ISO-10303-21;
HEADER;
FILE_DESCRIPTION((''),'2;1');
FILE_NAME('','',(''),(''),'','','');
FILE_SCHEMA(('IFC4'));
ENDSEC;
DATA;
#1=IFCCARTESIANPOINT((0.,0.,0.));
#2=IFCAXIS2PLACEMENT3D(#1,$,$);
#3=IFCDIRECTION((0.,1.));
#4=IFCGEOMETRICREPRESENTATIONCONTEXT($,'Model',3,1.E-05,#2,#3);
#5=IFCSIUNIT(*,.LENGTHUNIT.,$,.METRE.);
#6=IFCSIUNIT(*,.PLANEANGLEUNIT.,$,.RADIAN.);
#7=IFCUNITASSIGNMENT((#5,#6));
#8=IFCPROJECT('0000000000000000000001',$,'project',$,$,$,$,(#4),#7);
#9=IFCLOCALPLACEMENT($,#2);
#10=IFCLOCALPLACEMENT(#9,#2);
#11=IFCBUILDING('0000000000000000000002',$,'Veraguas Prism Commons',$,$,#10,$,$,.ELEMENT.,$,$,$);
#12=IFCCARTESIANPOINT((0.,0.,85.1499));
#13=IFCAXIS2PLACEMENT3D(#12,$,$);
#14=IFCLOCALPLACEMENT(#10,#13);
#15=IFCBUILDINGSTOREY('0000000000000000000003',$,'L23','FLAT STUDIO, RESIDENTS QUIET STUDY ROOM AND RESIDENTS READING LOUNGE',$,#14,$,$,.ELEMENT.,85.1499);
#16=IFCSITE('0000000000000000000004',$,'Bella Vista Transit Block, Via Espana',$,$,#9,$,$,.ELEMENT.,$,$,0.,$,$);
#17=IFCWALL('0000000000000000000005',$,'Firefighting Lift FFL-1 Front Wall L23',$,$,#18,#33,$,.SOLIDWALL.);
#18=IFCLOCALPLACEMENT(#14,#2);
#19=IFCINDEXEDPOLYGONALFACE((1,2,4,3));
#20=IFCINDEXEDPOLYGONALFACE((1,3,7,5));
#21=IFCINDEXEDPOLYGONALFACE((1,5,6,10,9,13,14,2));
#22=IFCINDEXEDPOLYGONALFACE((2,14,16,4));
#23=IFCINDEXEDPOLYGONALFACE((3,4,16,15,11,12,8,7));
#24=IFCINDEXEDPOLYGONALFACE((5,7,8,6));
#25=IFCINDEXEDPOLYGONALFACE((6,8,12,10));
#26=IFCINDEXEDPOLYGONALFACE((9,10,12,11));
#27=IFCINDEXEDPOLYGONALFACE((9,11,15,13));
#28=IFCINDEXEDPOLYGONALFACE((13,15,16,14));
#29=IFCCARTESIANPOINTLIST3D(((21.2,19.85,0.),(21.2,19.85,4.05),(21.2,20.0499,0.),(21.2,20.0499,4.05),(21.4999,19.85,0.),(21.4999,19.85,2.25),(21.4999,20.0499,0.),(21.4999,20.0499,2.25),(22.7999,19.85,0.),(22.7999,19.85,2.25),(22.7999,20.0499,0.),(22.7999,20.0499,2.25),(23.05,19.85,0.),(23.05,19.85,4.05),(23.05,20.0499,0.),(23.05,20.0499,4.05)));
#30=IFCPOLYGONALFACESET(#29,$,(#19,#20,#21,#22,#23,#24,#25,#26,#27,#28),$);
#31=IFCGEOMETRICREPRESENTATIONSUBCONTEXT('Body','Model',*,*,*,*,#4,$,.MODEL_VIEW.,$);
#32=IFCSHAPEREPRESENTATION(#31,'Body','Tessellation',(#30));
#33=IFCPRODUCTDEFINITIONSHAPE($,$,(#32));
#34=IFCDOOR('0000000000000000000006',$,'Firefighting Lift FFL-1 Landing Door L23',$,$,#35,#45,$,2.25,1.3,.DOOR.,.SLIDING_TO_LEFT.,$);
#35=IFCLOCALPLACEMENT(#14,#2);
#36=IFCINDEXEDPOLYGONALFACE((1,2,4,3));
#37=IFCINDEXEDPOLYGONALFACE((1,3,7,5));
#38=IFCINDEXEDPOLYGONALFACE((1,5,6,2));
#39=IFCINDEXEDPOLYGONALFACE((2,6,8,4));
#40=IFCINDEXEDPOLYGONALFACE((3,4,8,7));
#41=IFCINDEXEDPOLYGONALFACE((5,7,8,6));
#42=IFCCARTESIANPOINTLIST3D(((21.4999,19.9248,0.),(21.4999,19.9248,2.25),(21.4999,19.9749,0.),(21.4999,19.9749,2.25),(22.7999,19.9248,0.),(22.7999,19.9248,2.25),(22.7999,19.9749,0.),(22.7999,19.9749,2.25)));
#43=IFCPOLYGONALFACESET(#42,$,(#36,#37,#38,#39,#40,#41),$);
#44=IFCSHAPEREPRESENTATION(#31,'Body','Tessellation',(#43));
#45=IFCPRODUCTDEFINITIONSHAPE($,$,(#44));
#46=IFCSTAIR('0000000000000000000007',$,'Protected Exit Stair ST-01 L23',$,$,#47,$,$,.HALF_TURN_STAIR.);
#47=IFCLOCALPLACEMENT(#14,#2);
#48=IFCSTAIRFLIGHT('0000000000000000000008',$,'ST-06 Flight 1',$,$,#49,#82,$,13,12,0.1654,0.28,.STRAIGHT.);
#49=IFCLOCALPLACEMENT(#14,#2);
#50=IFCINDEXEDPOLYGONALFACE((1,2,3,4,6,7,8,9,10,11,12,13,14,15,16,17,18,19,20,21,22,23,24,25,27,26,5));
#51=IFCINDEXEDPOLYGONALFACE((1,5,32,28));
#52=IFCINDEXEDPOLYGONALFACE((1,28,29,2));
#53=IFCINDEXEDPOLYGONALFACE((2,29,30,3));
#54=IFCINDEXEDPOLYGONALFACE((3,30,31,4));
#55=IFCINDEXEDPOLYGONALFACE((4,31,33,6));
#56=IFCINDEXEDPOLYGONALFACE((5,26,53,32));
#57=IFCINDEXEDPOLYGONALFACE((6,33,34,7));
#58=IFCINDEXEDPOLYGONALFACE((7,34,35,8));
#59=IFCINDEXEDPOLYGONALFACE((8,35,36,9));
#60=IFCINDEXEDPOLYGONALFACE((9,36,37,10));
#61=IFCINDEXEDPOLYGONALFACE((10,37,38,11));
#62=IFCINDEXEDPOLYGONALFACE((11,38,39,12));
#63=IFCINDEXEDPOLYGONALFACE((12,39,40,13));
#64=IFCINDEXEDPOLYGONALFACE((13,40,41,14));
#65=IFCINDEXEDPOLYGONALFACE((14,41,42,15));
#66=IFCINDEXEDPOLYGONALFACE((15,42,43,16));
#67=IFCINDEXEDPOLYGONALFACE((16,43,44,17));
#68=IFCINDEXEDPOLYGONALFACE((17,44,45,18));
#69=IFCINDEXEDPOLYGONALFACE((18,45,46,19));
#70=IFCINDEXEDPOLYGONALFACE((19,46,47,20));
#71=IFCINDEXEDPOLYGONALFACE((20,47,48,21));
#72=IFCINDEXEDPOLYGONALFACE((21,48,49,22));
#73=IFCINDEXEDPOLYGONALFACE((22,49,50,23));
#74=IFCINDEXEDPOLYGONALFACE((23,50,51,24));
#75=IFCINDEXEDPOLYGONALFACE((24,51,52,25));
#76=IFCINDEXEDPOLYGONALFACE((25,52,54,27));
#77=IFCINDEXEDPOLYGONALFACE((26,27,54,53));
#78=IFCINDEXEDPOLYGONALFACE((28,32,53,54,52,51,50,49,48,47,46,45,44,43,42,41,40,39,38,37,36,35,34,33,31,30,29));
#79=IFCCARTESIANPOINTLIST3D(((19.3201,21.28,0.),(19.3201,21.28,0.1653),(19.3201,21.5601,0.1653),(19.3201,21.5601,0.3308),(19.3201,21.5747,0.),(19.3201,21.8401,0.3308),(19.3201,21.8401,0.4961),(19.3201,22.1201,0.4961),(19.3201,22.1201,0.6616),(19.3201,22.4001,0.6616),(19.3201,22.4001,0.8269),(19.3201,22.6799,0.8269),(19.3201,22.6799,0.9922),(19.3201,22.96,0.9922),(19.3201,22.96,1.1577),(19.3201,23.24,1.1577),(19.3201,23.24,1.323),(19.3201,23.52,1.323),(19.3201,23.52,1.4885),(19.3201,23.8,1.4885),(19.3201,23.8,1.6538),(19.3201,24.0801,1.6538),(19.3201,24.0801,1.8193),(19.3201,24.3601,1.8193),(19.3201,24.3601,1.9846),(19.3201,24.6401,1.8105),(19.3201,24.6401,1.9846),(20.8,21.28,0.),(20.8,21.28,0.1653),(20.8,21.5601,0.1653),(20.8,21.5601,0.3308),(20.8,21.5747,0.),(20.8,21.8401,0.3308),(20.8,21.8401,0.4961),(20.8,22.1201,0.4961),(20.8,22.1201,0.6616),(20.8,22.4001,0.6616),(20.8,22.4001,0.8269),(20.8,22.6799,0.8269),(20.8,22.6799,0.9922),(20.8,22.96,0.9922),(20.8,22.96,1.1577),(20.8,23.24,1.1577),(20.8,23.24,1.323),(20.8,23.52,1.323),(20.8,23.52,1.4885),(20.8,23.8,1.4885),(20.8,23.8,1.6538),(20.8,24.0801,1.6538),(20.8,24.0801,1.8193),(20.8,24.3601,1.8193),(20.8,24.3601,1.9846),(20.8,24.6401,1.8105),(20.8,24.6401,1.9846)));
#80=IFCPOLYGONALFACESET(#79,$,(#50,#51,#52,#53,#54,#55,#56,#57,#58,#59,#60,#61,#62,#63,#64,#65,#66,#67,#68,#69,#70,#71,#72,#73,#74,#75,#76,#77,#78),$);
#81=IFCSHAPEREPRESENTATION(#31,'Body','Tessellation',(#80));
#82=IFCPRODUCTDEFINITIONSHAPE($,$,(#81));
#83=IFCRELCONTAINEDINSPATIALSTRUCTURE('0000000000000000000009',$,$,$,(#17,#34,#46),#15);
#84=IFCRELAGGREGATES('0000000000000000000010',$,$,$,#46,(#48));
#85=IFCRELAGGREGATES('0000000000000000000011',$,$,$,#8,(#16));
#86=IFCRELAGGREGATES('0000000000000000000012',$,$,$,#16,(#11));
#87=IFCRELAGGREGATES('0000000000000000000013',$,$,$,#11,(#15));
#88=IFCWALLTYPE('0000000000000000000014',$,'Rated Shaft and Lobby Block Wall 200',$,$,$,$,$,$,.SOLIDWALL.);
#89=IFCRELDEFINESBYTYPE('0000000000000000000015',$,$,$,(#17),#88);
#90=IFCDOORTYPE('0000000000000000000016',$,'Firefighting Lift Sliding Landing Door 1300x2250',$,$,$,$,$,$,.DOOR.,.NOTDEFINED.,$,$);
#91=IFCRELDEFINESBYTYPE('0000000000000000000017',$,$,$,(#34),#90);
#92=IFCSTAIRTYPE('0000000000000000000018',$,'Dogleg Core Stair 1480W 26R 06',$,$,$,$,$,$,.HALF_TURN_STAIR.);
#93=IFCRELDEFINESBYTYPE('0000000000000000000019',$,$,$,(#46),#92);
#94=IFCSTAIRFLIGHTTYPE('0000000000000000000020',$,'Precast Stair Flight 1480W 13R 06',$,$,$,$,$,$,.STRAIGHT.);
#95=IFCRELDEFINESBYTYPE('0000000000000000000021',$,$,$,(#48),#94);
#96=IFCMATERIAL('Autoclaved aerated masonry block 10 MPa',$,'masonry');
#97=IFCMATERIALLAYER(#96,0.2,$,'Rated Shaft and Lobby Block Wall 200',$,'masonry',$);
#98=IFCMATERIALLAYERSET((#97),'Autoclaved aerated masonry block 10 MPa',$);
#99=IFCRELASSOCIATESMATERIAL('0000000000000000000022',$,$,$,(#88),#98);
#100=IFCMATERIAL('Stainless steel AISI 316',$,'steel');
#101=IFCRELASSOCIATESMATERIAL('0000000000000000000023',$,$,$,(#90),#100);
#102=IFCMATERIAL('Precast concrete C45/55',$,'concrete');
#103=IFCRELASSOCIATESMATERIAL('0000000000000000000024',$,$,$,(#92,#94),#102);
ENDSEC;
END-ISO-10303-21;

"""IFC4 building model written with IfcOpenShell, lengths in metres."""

from ifc_helpers import new_model, si_unit, direction, frame, frame_2d, origin, place, context, subcontext, project, spatial, polyline, rectangle, outline, extrude, source, transform, mapped, material, layer, layer_set, type_object, element, fill, aggregate, save


model = new_model("IFC4")

# Units and contexts
model_context = context("Model", 3, precision=1e-05, world=origin(), true_north=direction((0.0, 1.0)))
body_context = subcontext(model_context, "Body", "Model", "MODEL_VIEW")
ifc_project = project(units=[si_unit("LENGTHUNIT", "METRE"), si_unit("PLANEANGLEUNIT", "RADIAN")], contexts=[model_context])

# Site, building, storey
site_placement = place(None, origin())
site = spatial("IfcSite", under=ifc_project, at=site_placement, Name="Bella Vista Transit Block, Via Espana", CompositionType="ELEMENT", RefElevation=0.0)
building_placement = place(site_placement, origin())
building = spatial("IfcBuilding", under=site, at=building_placement, Name="Veraguas Prism Commons", CompositionType="ELEMENT")
storey_placement = place(building_placement, frame((0.0, 0.0, 85.1499)))
storey = spatial("IfcBuildingStorey", under=building, at=storey_placement, Name="L23", Description="FLAT STUDIO, RESIDENTS QUIET STUDY ROOM AND RESIDENTS READING LOUNGE", CompositionType="ELEMENT", Elevation=85.1499)

# Shared definitions
ifc_material_1 = material(Name="Autoclaved aerated masonry block 10 MPa", Category="masonry")

# Wall, opening, door
ifc_layer_1 = layer(ifc_material_1, 0.2, Name="Rated Shaft and Lobby Block Wall 200", Category="masonry")
ifc_layer_set_1 = layer_set([ifc_layer_1], Name="Autoclaved aerated masonry block 10 MPa")
wall_type_1 = type_object("IfcWallType", Name="Rated Shaft and Lobby Block Wall 200", PredefinedType="SOLIDWALL", material=ifc_layer_set_1)
wall_1_placement = place(storey_placement, frame((21.2, 19.95, 0.0), z_axis=(0.0, 0.0, 1.0), x_axis=(1.0, 0.0, 0.0)))
wall_1 = element("IfcWall", 1, at=wall_1_placement, inside=storey, type_object=wall_type_1, Name="Firefighting Lift FFL-1 Front Wall L23", PredefinedType="SOLIDWALL", context=body_context, shape_type="SweptSolid", body=[
    extrude(rectangle(XDim=1.8501, YDim=0.2, at=frame_2d((0.925, 0.0))), origin(), (0.0, 0.0, 1.0), 4.05),
])
opening_1_placement = place(wall_1_placement, frame((0.3, 0.0, 0.0)))
opening_1 = element("IfcOpeningElement", 2, at=opening_1_placement, cuts=wall_1, PredefinedType="OPENING", context=body_context, shape_type="SweptSolid", body=[
    extrude(rectangle(XDim=1.3, YDim=2.25, at=frame_2d((0.6499, 1.125))), frame((0.0, 0.1099, 0.0), z_axis=(0.0, -1.0, 0.0), x_axis=(1.0, 0.0, 0.0)), (0.0, 0.0, 1.0), 0.22),
])
ifc_material_2 = material(Name="Stainless steel AISI 316", Category="steel")
door_type_1 = type_object("IfcDoorType", Name="Firefighting Lift Sliding Landing Door 1300x2250", OperationType="NOTDEFINED", PredefinedType="DOOR", material=ifc_material_2)
shared_shape_1 = source(origin(), body_context, "Body", "SweptSolid", [
    extrude(rectangle(XDim=1.3, YDim=2.25, at=frame_2d((0.6499, 1.125))), frame((0.0, 0.0249, 0.0), z_axis=(0.0, -1.0, 0.0), x_axis=(1.0, 0.0, 0.0)), (0.0, 0.0, 1.0), 0.05),
])
door_1_placement = place(opening_1_placement, origin())
door_1 = element("IfcDoor", 3, at=door_1_placement, inside=storey, type_object=door_type_1, Name="Firefighting Lift FFL-1 Landing Door L23", OperationType="SLIDING_TO_LEFT", OverallHeight=2.25, OverallWidth=1.3, PredefinedType="DOOR", context=body_context, shape_type="MappedRepresentation", body=[
    mapped(shared_shape_1, transform((0.0, 0.0, 0.0), scale=1.0)),
])
fill(opening_1, door_1)

# Stair, stair flight
ifc_material_3 = material(Name="Precast concrete C45/55", Category="concrete")
stair_type = type_object("IfcStairType", Name="Dogleg Core Stair 1480W 26R 06", PredefinedType="HALF_TURN_STAIR", material=ifc_material_3)
stair_placement = place(storey_placement, origin())
stair = element("IfcStair", 4, at=stair_placement, inside=storey, type_object=stair_type, Name="Protected Exit Stair ST-01 L23", PredefinedType="HALF_TURN_STAIR")
stair_flight_type = type_object("IfcStairFlightType", Name="Precast Stair Flight 1480W 13R 06", PredefinedType="STRAIGHT", material=ifc_material_3)
stair_flight_placement = place(storey_placement, frame((20.0601, 21.28, 0.0), z_axis=(0.0, 0.0, 1.0), x_axis=(0.0, 1.0, 0.0)))
stair_flight = element("IfcStairFlight", 5, at=stair_flight_placement, type_object=stair_flight_type, Name="ST-06 Flight 1", NumberOfRisers=13, NumberOfTreads=12, PredefinedType="STRAIGHT", RiserHeight=0.1654, TreadLength=0.28, context=body_context, shape_type="SweptSolid", body=[
    extrude(outline(polyline([(0.0, 0.0), (0.0, 0.1653), (0.28, 0.1653), (0.28, 0.3308), (0.5601, 0.3308), (0.5601, 0.4961), (0.8401, 0.4961), (0.8401, 0.6616), (1.1201, 0.6616), (1.1201, 0.8269), (1.3999, 0.8269), (1.3999, 0.9922), (1.6799, 0.9922), (1.6799, 1.1577), (1.96, 1.1577), (1.96, 1.323), (2.24, 1.323), (2.24, 1.4885), (2.52, 1.4885), (2.52, 1.6538), (2.8, 1.6538), (2.8, 1.8193), (3.0801, 1.8193), (3.0801, 1.9846), (3.3601, 1.9846), (3.3601, 2.1499), (3.3601, 1.8105), (0.2947, 0.0), (0.0, 0.0)])), frame((0.0, 0.74, 0.0), z_axis=(0.0, -1.0, 0.0), x_axis=(1.0, 0.0, 0.0)), (0.0, 0.0, 1.0), 1.48),
])
aggregate(stair, [stair_flight])

save(model, "model.ifc")
